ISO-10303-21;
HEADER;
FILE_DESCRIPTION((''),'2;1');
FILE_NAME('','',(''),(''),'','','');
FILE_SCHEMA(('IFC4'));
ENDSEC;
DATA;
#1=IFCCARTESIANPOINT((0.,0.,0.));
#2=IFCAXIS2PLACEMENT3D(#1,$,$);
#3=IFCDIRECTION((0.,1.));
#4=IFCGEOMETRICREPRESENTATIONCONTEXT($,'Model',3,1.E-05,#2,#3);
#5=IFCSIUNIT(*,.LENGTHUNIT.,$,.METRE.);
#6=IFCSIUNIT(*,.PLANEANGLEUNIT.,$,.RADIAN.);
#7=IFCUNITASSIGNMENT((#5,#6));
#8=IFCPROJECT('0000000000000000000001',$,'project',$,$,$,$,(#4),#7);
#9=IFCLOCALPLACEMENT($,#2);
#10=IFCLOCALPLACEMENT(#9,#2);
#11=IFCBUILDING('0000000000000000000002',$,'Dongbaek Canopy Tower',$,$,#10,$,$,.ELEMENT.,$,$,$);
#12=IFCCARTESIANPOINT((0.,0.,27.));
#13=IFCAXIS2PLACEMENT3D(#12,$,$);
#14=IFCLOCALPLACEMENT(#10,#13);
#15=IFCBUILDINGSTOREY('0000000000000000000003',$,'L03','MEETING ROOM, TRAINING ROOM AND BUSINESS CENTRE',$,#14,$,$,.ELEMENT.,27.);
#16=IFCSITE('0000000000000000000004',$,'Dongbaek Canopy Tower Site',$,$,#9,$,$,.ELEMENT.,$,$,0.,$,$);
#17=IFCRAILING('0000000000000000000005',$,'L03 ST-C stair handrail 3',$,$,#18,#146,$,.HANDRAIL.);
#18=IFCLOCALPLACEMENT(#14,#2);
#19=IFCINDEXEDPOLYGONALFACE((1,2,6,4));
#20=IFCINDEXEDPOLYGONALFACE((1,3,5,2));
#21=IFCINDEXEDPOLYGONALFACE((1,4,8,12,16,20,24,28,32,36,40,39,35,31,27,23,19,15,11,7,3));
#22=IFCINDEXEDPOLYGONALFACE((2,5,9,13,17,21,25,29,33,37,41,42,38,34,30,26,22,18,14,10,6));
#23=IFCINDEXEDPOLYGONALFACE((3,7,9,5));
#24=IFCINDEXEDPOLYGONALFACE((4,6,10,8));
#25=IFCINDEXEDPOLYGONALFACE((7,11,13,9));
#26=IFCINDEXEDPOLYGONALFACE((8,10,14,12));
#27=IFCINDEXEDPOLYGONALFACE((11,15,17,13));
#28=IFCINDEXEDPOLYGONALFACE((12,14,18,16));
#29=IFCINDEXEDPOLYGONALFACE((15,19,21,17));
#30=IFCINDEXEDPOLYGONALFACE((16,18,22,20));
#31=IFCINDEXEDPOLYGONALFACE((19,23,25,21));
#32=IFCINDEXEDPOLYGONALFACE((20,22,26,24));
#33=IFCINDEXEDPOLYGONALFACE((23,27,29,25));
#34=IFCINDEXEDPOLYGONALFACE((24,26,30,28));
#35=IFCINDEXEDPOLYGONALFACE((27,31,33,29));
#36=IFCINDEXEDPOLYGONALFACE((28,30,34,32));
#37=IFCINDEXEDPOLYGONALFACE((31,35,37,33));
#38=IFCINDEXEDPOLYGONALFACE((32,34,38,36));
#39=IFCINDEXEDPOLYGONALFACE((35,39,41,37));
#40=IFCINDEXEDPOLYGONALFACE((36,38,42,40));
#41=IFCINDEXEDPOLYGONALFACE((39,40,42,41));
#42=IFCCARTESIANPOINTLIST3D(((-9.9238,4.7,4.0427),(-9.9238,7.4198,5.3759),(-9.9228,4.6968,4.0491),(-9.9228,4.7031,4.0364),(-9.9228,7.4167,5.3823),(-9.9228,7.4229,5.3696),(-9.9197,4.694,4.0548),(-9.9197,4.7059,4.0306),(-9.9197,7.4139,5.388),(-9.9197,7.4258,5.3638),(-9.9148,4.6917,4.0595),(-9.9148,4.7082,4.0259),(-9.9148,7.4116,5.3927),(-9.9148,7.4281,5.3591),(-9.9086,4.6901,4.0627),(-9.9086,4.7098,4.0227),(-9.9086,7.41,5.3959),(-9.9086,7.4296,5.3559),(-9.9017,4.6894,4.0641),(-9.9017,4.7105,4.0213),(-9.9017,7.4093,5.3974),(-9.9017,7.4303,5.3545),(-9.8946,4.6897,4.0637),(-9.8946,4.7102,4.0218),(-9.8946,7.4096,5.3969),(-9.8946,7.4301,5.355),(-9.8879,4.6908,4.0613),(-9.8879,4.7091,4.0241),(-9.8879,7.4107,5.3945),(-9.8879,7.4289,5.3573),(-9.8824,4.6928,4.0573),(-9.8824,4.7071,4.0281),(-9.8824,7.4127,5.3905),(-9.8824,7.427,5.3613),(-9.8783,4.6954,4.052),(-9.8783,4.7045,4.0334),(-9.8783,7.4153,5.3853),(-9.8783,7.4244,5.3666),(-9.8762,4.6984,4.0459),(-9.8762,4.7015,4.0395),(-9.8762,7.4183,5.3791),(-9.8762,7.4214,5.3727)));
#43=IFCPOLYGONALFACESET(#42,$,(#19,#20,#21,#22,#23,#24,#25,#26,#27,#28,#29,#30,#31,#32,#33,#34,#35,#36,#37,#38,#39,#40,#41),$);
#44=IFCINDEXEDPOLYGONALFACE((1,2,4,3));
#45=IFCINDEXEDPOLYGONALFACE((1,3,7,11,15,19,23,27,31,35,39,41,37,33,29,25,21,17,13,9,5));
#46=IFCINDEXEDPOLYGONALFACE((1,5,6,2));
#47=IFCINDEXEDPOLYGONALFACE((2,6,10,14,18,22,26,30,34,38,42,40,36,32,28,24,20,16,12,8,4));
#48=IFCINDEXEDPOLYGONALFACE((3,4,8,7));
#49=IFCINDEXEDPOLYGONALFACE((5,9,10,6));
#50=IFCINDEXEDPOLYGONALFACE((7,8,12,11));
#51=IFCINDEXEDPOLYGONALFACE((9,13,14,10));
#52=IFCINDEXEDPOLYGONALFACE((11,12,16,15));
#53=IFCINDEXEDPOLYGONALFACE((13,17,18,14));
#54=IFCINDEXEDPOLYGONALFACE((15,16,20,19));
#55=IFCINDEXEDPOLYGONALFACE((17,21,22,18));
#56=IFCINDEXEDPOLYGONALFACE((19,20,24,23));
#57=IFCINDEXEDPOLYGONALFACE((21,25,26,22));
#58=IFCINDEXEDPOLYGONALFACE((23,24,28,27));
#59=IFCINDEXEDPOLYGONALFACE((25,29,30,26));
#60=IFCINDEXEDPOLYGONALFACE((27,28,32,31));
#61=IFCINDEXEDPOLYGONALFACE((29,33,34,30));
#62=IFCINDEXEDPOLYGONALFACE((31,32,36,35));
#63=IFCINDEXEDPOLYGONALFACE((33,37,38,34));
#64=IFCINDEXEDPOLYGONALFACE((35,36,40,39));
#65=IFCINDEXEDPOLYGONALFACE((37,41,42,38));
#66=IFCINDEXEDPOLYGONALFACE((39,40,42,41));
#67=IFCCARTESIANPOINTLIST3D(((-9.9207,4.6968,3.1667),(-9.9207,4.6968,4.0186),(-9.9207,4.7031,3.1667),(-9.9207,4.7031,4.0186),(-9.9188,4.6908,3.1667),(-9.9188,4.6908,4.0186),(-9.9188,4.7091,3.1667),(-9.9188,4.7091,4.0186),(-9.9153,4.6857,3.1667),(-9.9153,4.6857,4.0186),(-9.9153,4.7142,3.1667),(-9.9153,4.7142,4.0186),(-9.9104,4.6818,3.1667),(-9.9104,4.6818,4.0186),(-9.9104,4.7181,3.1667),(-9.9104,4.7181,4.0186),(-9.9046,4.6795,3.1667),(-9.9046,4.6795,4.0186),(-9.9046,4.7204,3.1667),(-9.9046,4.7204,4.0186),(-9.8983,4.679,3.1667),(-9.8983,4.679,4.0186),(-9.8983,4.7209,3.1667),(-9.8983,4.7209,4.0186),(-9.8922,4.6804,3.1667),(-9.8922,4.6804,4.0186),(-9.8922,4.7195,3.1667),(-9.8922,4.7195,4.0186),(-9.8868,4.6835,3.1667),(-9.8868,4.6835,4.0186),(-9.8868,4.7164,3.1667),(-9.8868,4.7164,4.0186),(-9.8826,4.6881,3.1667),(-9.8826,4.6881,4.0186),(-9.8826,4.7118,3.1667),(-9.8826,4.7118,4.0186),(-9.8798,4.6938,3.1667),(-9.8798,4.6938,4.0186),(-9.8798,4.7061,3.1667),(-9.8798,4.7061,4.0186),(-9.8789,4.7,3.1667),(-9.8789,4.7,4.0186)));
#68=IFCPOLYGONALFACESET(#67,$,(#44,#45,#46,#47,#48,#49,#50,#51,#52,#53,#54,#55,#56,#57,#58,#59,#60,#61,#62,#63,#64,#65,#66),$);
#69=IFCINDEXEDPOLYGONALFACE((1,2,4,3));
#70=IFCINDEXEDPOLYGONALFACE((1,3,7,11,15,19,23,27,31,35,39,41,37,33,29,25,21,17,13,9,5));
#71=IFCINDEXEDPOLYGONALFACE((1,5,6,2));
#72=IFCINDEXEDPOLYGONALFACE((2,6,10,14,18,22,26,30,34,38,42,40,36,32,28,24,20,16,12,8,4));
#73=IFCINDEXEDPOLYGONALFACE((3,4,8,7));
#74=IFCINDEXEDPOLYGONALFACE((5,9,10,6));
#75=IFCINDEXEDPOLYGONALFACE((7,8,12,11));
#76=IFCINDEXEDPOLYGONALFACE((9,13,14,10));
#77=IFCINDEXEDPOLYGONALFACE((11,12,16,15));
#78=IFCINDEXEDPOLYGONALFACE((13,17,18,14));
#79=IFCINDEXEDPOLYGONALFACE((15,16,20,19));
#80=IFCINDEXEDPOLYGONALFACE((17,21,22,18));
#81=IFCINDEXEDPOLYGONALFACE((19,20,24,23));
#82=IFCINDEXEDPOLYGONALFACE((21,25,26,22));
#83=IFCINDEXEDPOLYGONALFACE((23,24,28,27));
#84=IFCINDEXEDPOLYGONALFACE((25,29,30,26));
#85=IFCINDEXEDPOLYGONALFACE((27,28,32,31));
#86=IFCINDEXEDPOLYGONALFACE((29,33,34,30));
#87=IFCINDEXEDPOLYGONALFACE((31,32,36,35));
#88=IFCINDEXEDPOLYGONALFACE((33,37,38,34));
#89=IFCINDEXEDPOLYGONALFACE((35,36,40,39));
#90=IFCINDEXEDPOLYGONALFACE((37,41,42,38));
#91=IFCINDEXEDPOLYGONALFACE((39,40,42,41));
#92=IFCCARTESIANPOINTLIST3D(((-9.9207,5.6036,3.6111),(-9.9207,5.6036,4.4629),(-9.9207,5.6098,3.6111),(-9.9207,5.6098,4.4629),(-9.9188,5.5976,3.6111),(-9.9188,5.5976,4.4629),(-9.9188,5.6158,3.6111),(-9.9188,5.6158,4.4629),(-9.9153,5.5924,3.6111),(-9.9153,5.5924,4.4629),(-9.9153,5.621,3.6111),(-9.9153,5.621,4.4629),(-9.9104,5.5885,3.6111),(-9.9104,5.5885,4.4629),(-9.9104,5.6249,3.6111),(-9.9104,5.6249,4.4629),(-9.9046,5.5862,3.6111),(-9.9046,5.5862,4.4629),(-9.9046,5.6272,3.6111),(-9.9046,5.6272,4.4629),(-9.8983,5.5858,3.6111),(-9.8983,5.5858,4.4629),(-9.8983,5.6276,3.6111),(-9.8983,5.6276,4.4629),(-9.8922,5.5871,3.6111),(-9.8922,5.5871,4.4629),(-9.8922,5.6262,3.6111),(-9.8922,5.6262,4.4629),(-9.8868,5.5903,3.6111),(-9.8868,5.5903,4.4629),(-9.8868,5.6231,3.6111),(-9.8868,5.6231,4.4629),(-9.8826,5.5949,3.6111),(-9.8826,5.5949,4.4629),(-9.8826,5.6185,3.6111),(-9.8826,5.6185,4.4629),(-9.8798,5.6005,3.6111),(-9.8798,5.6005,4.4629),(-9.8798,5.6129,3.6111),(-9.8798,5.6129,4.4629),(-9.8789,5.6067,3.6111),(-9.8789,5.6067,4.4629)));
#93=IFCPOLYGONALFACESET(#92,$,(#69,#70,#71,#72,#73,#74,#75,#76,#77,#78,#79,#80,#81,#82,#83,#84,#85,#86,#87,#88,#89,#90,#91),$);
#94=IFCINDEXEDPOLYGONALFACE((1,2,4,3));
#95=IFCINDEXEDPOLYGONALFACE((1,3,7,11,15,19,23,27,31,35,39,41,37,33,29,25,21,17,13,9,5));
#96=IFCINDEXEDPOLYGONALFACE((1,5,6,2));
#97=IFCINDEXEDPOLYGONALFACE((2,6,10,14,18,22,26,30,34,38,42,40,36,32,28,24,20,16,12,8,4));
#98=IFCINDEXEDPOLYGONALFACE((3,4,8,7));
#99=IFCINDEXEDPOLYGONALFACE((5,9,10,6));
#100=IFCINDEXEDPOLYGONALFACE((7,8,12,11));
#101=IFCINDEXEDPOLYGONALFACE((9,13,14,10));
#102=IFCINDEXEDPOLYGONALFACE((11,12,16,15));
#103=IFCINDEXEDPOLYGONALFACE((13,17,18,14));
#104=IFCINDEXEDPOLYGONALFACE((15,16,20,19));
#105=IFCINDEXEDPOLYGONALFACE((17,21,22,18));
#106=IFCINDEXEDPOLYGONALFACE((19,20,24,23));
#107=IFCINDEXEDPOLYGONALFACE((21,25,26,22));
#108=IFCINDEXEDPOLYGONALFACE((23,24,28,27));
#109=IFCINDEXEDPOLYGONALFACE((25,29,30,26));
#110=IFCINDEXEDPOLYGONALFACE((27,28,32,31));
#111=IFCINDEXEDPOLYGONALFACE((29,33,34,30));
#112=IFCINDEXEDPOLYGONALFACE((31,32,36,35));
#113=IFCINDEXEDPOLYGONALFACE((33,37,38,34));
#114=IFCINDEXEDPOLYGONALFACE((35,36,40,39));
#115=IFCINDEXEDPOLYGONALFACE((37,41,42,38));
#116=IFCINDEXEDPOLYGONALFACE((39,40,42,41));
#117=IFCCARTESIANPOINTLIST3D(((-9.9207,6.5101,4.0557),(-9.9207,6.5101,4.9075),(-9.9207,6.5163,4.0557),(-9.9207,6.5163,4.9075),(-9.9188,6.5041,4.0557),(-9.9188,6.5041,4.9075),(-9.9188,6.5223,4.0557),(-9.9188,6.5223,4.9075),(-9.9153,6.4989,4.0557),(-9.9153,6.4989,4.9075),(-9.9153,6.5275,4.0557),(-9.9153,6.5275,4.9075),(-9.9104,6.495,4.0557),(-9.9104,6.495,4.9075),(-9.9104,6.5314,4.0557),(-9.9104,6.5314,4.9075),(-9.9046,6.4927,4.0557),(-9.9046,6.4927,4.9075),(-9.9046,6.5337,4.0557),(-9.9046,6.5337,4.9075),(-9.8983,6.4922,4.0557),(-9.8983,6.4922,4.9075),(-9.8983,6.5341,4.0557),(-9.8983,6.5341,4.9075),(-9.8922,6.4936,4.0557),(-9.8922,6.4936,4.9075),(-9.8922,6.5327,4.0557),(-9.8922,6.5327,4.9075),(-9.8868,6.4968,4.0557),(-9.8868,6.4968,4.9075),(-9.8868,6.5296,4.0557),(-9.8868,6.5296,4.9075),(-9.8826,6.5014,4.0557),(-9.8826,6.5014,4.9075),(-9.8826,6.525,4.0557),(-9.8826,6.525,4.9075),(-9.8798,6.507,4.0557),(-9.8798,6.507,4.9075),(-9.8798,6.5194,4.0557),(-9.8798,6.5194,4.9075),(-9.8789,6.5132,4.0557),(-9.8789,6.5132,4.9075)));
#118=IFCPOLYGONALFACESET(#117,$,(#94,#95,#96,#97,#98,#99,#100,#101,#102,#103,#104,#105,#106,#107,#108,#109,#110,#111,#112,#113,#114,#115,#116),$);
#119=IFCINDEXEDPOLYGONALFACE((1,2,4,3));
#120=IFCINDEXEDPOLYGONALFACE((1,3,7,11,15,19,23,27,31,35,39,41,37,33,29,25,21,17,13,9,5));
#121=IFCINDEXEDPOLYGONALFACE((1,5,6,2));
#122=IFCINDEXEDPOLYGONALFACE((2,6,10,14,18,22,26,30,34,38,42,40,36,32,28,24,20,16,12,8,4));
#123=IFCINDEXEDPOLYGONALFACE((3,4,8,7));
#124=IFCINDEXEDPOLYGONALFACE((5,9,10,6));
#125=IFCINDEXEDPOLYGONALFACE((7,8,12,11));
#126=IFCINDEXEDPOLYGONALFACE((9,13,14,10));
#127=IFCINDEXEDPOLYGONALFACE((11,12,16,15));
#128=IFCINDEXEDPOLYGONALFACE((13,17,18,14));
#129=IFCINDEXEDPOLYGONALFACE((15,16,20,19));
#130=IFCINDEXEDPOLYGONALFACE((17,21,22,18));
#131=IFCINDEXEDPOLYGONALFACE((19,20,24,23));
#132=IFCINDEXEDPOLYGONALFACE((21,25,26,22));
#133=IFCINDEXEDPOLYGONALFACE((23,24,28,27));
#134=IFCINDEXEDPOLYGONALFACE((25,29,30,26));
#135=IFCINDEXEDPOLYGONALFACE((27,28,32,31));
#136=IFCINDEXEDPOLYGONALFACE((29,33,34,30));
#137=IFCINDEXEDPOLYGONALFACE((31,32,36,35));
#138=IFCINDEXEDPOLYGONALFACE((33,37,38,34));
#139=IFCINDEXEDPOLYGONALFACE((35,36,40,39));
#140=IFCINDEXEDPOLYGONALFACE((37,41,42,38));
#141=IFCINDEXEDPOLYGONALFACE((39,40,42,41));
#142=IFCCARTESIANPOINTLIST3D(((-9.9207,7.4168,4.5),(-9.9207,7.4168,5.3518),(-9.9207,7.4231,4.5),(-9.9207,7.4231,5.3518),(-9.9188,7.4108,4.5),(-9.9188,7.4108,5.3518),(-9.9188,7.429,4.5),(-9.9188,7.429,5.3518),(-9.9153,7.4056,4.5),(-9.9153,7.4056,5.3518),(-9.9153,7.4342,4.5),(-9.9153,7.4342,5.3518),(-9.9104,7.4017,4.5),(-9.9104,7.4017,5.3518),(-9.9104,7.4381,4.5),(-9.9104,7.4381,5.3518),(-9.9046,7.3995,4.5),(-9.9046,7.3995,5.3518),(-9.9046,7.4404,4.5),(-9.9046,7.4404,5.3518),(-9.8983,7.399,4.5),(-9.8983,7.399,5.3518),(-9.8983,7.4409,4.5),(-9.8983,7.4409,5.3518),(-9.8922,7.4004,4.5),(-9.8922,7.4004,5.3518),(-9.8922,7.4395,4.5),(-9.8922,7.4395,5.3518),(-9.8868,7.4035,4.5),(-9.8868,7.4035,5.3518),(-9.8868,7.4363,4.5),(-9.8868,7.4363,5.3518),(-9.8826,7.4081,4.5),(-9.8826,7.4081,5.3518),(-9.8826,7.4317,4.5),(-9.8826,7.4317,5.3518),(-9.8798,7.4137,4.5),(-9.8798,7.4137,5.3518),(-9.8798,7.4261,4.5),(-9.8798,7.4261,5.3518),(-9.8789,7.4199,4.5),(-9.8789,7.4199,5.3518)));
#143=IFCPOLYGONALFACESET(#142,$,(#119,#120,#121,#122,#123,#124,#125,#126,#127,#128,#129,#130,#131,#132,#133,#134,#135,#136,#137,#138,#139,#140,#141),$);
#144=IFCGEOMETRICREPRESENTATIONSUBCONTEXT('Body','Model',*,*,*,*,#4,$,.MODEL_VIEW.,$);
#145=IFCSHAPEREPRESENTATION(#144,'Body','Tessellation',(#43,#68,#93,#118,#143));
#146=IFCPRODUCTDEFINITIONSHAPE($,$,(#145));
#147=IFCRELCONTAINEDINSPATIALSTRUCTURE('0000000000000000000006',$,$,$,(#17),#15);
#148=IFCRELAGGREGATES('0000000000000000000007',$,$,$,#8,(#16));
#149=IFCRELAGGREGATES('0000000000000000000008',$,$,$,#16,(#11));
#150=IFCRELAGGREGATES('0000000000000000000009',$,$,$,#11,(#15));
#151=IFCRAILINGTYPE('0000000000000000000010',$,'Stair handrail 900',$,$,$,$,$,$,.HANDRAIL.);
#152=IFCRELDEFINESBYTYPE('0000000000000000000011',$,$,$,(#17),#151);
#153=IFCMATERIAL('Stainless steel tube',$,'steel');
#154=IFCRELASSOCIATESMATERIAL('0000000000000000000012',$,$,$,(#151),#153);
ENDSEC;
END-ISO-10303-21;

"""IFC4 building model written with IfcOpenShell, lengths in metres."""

from ifc_helpers import new_model, si_unit, direction, frame, origin, origin_2d, place, context, subcontext, project, spatial, circle, extrude, material, type_object, element, save


model = new_model("IFC4")

# Units and contexts
model_context = context("Model", 3, precision=1e-05, world=origin(), true_north=direction((0.0, 1.0)))
body_context = subcontext(model_context, "Body", "Model", "MODEL_VIEW")
ifc_project = project(units=[si_unit("LENGTHUNIT", "METRE"), si_unit("PLANEANGLEUNIT", "RADIAN")], contexts=[model_context])

# Site, building, storey
site_placement = place(None, origin())
site = spatial("IfcSite", under=ifc_project, at=site_placement, Name="Dongbaek Canopy Tower Site", CompositionType="ELEMENT", RefElevation=0.0)
building_placement = place(site_placement, origin())
building = spatial("IfcBuilding", under=site, at=building_placement, Name="Dongbaek Canopy Tower", CompositionType="ELEMENT")
storey_placement = place(building_placement, frame((0.0, 0.0, 27.0)))
storey = spatial("IfcBuildingStorey", under=building, at=storey_placement, Name="L03", Description="MEETING ROOM, TRAINING ROOM AND BUSINESS CENTRE", CompositionType="ELEMENT", Elevation=27.0)

# Railing
ifc_material_1 = material(Name="Stainless steel tube", Category="steel")
railing_type_1 = type_object("IfcRailingType", Name="Stair handrail 900", PredefinedType="HANDRAIL", material=ifc_material_1)
for number, where, name in (
    (1, (-9.8999, 4.7, 3.1667), "L03 ST-C stair handrail 3"),
):
    element("IfcRailing", number, at=place(storey_placement, frame(where)), inside=storey, type_object=railing_type_1, Name=name, PredefinedType="HANDRAIL", context=body_context, shape_type="SweptSolid", body=[
        extrude(circle(Radius=0.0239, at=origin_2d()), frame((0.0, 0.0, 0.876), z_axis=(0.0, 0.897929, 0.440139), x_axis=(-1.0, 0.0, 0.0)), (0.0, 0.0, 1.0), 3.0291),
        extrude(circle(Radius=0.021, at=origin_2d()), origin(), (0.0, 0.0, 1.0), 0.8518),
        extrude(circle(Radius=0.021, at=origin_2d()), frame((0.0, 0.9067, 0.4443)), (0.0, 0.0, 1.0), 0.8518),
        extrude(circle(Radius=0.021, at=origin_2d()), frame((0.0, 1.8132, 0.8889)), (0.0, 0.0, 1.0), 0.8518),
        extrude(circle(Radius=0.021, at=origin_2d()), frame((0.0, 2.72, 1.3333)), (0.0, 0.0, 1.0), 0.8518),
    ])

save(model, "model.ifc")
